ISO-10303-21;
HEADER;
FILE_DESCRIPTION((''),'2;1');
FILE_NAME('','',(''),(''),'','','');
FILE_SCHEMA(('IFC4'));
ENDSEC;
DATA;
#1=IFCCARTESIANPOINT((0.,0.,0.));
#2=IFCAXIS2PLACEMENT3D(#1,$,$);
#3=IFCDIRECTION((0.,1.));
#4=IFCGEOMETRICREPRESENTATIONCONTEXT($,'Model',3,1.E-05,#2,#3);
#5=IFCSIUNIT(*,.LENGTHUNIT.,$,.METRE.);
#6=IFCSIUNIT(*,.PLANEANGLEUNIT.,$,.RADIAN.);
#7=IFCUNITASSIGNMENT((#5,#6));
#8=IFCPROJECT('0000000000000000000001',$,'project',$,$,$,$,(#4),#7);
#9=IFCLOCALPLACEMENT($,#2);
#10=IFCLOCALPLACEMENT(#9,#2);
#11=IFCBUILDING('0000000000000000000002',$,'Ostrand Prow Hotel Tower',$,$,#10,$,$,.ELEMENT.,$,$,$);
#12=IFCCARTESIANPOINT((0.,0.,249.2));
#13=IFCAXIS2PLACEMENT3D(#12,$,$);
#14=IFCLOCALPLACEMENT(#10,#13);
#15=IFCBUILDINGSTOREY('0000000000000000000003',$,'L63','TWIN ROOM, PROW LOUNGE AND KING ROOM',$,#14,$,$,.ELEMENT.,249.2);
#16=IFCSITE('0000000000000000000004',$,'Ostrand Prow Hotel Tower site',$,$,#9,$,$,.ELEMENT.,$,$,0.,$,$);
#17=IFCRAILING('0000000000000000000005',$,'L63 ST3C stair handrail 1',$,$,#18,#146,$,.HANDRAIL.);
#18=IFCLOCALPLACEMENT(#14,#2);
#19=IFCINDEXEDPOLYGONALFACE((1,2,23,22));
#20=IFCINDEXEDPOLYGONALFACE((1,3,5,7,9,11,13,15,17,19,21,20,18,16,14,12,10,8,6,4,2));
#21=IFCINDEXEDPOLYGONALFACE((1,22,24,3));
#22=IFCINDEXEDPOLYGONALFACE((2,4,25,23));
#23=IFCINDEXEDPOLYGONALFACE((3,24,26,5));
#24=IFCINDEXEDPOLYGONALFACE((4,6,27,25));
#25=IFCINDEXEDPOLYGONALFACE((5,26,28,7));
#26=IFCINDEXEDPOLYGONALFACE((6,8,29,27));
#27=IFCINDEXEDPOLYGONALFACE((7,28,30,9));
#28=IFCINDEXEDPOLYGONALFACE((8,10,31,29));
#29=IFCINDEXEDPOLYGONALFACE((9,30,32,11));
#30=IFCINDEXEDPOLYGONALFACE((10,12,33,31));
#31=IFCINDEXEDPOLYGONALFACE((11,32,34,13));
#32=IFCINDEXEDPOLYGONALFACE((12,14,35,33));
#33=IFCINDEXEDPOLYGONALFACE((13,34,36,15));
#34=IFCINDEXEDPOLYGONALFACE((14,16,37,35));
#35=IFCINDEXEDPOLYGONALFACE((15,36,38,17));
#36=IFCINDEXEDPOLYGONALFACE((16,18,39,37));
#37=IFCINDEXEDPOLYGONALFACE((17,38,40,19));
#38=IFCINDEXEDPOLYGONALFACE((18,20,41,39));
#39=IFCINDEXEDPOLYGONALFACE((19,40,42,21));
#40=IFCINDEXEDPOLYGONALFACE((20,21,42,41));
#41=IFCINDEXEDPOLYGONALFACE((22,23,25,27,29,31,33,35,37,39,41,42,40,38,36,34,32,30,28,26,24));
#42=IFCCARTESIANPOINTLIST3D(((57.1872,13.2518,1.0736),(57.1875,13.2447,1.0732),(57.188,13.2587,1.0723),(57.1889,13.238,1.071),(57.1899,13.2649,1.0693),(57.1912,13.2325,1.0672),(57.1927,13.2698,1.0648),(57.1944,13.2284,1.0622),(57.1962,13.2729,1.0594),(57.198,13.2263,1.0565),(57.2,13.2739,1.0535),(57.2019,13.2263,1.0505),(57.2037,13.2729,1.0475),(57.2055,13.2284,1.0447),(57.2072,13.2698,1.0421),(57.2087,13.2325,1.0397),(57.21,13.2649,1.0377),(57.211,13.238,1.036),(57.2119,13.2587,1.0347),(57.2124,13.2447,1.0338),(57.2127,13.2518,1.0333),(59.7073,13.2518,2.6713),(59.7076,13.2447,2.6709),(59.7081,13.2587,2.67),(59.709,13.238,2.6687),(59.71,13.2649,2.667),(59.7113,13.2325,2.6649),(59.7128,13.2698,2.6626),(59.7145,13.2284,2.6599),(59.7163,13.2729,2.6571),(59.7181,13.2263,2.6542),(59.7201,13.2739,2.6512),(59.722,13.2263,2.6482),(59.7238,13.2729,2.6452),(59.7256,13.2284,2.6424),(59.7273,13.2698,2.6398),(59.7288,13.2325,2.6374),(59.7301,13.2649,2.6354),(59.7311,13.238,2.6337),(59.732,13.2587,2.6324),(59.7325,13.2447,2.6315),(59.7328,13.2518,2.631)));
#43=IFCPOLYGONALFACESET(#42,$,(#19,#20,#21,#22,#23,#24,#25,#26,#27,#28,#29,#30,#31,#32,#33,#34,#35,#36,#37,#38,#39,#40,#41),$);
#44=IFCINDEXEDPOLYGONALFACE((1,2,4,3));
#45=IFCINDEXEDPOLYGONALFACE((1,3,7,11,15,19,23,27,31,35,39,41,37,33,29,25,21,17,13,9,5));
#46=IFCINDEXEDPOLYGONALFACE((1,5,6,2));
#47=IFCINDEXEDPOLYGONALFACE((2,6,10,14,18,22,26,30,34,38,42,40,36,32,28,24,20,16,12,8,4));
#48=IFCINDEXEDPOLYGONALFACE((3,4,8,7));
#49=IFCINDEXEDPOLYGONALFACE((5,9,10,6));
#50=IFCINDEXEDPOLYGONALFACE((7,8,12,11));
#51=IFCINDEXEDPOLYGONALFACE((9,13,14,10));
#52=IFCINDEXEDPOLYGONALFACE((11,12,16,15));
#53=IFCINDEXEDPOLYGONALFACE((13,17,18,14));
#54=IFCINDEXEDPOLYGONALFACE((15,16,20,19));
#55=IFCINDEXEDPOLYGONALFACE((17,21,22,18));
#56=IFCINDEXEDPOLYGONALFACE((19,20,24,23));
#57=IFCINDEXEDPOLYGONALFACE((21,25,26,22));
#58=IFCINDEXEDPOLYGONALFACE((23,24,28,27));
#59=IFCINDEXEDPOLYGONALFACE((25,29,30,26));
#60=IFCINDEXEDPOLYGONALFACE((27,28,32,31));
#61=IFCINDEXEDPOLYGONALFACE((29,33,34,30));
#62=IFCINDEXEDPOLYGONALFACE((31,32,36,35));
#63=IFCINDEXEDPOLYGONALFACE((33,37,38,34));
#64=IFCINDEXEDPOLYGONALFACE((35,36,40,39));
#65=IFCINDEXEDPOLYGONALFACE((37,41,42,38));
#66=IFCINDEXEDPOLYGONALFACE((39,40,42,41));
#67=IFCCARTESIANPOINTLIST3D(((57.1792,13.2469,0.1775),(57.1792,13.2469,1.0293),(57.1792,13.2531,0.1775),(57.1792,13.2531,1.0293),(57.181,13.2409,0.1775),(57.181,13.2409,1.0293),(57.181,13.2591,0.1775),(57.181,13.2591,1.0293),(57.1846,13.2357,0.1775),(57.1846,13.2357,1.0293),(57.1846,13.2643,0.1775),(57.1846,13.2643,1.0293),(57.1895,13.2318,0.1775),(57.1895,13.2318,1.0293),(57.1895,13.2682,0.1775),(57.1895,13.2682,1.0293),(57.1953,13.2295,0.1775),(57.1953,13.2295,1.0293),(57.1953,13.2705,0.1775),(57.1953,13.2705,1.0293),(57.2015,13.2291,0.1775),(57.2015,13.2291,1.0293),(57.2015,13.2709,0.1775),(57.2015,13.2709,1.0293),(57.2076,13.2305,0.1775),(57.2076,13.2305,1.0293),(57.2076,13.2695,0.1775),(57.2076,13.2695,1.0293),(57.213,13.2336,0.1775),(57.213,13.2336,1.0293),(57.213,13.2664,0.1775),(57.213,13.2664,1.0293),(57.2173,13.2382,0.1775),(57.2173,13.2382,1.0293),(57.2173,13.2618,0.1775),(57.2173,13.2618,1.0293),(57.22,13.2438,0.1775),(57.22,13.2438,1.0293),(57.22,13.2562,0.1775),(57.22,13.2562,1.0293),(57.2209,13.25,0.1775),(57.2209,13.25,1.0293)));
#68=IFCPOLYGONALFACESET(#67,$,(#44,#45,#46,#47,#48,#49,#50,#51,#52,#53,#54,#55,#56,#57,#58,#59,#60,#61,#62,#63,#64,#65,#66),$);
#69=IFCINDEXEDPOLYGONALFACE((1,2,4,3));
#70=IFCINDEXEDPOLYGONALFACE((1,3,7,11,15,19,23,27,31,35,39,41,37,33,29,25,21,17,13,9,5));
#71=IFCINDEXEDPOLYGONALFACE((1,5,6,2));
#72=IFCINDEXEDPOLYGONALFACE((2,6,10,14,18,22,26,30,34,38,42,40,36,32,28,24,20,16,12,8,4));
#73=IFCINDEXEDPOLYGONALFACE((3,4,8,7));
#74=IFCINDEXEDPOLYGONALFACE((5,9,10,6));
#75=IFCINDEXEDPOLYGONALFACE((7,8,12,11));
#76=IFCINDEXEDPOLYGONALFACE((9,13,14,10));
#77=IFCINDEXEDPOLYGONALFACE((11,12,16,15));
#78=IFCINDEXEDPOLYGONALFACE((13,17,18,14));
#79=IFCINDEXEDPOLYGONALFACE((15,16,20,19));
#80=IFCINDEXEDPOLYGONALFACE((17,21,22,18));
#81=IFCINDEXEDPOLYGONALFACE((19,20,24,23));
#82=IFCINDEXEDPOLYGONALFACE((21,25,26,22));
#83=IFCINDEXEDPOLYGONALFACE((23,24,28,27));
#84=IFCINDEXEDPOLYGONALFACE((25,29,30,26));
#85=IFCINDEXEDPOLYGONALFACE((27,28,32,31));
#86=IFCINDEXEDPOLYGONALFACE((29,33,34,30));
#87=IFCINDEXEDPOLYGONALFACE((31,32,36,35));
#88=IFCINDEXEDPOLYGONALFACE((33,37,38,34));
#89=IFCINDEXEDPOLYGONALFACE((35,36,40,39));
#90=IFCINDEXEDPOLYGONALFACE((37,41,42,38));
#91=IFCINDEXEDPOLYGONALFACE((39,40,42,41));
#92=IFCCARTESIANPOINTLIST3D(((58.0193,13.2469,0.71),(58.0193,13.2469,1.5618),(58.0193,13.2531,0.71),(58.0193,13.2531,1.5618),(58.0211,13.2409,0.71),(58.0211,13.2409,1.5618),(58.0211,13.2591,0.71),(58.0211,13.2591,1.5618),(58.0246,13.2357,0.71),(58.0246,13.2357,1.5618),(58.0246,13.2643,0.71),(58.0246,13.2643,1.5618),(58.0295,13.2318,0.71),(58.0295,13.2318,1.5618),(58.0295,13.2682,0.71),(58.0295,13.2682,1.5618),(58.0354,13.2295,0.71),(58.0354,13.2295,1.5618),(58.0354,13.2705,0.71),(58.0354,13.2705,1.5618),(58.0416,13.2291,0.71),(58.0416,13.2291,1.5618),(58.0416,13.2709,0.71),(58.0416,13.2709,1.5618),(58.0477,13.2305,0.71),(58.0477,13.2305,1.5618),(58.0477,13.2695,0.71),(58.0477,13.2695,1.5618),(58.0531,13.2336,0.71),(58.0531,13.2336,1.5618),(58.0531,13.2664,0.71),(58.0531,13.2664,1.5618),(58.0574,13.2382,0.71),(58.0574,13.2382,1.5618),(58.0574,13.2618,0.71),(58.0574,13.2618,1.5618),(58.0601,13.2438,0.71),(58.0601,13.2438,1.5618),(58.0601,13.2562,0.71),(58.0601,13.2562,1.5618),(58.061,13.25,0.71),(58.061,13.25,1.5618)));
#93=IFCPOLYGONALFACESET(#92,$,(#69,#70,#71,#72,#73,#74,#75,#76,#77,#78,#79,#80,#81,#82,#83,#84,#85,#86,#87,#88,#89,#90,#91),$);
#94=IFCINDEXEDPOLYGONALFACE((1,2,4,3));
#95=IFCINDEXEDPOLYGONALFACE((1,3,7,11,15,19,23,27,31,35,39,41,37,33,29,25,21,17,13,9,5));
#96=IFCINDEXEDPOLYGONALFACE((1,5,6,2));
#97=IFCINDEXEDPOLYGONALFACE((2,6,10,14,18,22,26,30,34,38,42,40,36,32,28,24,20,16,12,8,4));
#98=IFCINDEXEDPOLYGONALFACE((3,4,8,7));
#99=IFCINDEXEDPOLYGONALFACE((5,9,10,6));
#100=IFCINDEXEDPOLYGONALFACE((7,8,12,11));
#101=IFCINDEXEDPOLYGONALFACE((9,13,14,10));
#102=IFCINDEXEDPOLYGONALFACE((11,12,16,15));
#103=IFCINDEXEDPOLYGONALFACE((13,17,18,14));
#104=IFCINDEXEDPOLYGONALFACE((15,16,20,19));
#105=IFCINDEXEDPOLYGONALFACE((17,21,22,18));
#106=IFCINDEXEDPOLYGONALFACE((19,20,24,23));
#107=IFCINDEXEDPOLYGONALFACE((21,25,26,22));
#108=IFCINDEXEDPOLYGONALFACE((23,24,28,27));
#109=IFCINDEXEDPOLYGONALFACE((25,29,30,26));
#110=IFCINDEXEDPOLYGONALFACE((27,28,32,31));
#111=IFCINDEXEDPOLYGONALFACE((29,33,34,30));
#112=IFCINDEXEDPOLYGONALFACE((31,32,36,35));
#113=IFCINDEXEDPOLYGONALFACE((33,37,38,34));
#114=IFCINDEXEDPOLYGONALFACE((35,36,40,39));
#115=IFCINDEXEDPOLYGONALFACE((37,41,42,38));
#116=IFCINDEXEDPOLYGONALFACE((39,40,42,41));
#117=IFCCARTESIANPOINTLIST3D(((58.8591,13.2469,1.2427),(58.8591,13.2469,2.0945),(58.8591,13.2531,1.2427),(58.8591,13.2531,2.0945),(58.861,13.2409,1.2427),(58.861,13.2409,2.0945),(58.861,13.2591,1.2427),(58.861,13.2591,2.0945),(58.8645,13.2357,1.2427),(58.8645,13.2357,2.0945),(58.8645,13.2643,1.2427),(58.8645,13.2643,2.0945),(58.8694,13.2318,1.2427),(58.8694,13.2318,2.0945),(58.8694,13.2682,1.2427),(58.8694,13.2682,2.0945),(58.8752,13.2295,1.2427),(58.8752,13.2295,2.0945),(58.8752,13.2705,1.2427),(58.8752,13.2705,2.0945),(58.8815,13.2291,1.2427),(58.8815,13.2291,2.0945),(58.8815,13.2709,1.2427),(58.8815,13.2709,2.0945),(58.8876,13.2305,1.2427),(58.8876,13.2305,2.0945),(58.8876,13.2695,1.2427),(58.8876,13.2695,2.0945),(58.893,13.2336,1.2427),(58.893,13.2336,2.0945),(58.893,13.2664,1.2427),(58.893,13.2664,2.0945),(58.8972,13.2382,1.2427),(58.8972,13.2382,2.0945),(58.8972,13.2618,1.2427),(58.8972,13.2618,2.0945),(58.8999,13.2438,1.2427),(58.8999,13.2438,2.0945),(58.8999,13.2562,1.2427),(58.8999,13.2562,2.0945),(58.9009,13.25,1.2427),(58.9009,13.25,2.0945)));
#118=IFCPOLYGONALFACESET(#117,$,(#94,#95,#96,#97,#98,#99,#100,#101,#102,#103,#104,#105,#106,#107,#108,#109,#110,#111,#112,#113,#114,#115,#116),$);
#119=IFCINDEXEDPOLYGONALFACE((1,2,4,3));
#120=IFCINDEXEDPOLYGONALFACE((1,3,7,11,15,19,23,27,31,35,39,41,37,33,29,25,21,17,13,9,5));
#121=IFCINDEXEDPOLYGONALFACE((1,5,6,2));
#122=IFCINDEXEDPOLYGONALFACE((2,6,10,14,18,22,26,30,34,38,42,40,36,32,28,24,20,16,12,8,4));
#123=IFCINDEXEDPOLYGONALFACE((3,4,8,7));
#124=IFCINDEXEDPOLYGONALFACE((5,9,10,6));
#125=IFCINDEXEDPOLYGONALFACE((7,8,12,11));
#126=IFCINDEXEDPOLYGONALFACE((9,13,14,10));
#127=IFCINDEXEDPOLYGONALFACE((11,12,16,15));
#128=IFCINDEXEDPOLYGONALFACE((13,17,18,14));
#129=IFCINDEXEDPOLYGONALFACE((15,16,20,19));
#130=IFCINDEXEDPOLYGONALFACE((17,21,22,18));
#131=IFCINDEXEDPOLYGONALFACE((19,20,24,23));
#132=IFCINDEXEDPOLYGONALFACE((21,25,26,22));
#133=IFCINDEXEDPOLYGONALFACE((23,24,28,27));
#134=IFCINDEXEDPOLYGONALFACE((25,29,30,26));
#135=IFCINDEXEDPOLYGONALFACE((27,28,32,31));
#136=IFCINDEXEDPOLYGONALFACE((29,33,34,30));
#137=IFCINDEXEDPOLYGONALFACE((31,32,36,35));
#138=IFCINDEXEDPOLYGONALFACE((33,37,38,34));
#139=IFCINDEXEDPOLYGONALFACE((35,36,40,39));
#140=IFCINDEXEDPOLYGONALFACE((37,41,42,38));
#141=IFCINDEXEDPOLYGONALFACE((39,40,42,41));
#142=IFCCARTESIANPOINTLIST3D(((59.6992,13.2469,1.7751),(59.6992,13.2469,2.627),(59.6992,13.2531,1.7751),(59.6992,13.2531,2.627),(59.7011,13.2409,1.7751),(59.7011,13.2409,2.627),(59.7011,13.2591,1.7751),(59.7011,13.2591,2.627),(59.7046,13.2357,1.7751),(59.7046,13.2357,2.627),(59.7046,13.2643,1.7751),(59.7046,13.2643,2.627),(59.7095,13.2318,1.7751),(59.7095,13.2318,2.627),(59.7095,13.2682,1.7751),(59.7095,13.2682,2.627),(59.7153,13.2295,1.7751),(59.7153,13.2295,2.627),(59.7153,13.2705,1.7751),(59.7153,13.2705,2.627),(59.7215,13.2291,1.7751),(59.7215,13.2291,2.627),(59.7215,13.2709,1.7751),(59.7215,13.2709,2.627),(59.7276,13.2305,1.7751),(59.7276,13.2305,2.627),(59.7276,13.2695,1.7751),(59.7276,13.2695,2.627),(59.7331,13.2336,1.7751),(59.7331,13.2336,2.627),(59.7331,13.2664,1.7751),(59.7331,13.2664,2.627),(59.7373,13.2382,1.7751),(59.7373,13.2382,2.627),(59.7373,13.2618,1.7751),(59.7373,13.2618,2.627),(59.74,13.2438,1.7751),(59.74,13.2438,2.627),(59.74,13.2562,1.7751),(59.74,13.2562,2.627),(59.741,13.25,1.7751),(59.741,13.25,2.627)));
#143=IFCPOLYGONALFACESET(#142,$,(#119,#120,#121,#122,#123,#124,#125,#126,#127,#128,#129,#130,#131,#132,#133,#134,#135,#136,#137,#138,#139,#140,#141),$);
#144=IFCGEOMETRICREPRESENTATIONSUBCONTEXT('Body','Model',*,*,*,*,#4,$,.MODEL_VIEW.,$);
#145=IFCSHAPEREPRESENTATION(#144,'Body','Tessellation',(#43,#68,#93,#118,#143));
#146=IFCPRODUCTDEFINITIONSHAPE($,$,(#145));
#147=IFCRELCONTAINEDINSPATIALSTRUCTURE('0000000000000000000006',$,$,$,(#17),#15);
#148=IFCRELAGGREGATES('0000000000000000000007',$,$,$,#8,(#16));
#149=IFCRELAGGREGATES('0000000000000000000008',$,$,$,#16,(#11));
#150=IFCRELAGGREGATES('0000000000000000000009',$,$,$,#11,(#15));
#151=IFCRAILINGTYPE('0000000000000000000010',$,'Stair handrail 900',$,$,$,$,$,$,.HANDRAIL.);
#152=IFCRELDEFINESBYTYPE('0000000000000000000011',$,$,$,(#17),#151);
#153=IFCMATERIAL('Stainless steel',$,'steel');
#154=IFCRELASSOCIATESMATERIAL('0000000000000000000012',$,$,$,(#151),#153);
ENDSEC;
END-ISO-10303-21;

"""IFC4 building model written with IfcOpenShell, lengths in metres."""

from ifc_helpers import new_model, si_unit, direction, frame, origin, origin_2d, place, context, subcontext, project, spatial, circle, extrude, material, type_object, element, save


model = new_model("IFC4")

# Units and contexts
model_context = context("Model", 3, precision=1e-05, world=origin(), true_north=direction((0.0, 1.0)))
body_context = subcontext(model_context, "Body", "Model", "MODEL_VIEW")
ifc_project = project(units=[si_unit("LENGTHUNIT", "METRE"), si_unit("PLANEANGLEUNIT", "RADIAN")], contexts=[model_context])

# Site, building, storey
site_placement = place(None, origin())
site = spatial("IfcSite", under=ifc_project, at=site_placement, Name="Ostrand Prow Hotel Tower site", CompositionType="ELEMENT", RefElevation=0.0)
building_placement = place(site_placement, origin())
building = spatial("IfcBuilding", under=site, at=building_placement, Name="Ostrand Prow Hotel Tower", CompositionType="ELEMENT")
storey_placement = place(building_placement, frame((0.0, 0.0, 249.2)))
storey = spatial("IfcBuildingStorey", under=building, at=storey_placement, Name="L63", Description="TWIN ROOM, PROW LOUNGE AND KING ROOM", CompositionType="ELEMENT", Elevation=249.2)

# Railing
ifc_material_1 = material(Name="Stainless steel", Category="steel")
railing_type_1 = type_object("IfcRailingType", Name="Stair handrail 900", PredefinedType="HANDRAIL", material=ifc_material_1)
railing_1_placement = place(storey_placement, frame((57.2, 13.25, 0.1775)))
element("IfcRailing", 1, at=railing_1_placement, inside=storey, type_object=railing_type_1, Name="L63 ST3C stair handrail 1", PredefinedType="HANDRAIL", context=body_context, shape_type="SweptSolid", body=[
    extrude(circle(Radius=0.0239, at=origin_2d()), frame((0.0, 0.0, 0.876), z_axis=(0.84457, 0.0, 0.535445), x_axis=(0.0, 1.0, 0.0)), (0.0, 0.0, 1.0), 2.9839),
    extrude(circle(Radius=0.021, at=origin_2d()), origin(), (0.0, 0.0, 1.0), 0.8518),
    extrude(circle(Radius=0.021, at=origin_2d()), frame((0.8401, 0.0, 0.5325)), (0.0, 0.0, 1.0), 0.8518),
    extrude(circle(Radius=0.021, at=origin_2d()), frame((1.6799, 0.0, 1.0652)), (0.0, 0.0, 1.0), 0.8518),
    extrude(circle(Radius=0.021, at=origin_2d()), frame((2.52, 0.0, 1.5977)), (0.0, 0.0, 1.0), 0.8518),
])

save(model, "model.ifc")
